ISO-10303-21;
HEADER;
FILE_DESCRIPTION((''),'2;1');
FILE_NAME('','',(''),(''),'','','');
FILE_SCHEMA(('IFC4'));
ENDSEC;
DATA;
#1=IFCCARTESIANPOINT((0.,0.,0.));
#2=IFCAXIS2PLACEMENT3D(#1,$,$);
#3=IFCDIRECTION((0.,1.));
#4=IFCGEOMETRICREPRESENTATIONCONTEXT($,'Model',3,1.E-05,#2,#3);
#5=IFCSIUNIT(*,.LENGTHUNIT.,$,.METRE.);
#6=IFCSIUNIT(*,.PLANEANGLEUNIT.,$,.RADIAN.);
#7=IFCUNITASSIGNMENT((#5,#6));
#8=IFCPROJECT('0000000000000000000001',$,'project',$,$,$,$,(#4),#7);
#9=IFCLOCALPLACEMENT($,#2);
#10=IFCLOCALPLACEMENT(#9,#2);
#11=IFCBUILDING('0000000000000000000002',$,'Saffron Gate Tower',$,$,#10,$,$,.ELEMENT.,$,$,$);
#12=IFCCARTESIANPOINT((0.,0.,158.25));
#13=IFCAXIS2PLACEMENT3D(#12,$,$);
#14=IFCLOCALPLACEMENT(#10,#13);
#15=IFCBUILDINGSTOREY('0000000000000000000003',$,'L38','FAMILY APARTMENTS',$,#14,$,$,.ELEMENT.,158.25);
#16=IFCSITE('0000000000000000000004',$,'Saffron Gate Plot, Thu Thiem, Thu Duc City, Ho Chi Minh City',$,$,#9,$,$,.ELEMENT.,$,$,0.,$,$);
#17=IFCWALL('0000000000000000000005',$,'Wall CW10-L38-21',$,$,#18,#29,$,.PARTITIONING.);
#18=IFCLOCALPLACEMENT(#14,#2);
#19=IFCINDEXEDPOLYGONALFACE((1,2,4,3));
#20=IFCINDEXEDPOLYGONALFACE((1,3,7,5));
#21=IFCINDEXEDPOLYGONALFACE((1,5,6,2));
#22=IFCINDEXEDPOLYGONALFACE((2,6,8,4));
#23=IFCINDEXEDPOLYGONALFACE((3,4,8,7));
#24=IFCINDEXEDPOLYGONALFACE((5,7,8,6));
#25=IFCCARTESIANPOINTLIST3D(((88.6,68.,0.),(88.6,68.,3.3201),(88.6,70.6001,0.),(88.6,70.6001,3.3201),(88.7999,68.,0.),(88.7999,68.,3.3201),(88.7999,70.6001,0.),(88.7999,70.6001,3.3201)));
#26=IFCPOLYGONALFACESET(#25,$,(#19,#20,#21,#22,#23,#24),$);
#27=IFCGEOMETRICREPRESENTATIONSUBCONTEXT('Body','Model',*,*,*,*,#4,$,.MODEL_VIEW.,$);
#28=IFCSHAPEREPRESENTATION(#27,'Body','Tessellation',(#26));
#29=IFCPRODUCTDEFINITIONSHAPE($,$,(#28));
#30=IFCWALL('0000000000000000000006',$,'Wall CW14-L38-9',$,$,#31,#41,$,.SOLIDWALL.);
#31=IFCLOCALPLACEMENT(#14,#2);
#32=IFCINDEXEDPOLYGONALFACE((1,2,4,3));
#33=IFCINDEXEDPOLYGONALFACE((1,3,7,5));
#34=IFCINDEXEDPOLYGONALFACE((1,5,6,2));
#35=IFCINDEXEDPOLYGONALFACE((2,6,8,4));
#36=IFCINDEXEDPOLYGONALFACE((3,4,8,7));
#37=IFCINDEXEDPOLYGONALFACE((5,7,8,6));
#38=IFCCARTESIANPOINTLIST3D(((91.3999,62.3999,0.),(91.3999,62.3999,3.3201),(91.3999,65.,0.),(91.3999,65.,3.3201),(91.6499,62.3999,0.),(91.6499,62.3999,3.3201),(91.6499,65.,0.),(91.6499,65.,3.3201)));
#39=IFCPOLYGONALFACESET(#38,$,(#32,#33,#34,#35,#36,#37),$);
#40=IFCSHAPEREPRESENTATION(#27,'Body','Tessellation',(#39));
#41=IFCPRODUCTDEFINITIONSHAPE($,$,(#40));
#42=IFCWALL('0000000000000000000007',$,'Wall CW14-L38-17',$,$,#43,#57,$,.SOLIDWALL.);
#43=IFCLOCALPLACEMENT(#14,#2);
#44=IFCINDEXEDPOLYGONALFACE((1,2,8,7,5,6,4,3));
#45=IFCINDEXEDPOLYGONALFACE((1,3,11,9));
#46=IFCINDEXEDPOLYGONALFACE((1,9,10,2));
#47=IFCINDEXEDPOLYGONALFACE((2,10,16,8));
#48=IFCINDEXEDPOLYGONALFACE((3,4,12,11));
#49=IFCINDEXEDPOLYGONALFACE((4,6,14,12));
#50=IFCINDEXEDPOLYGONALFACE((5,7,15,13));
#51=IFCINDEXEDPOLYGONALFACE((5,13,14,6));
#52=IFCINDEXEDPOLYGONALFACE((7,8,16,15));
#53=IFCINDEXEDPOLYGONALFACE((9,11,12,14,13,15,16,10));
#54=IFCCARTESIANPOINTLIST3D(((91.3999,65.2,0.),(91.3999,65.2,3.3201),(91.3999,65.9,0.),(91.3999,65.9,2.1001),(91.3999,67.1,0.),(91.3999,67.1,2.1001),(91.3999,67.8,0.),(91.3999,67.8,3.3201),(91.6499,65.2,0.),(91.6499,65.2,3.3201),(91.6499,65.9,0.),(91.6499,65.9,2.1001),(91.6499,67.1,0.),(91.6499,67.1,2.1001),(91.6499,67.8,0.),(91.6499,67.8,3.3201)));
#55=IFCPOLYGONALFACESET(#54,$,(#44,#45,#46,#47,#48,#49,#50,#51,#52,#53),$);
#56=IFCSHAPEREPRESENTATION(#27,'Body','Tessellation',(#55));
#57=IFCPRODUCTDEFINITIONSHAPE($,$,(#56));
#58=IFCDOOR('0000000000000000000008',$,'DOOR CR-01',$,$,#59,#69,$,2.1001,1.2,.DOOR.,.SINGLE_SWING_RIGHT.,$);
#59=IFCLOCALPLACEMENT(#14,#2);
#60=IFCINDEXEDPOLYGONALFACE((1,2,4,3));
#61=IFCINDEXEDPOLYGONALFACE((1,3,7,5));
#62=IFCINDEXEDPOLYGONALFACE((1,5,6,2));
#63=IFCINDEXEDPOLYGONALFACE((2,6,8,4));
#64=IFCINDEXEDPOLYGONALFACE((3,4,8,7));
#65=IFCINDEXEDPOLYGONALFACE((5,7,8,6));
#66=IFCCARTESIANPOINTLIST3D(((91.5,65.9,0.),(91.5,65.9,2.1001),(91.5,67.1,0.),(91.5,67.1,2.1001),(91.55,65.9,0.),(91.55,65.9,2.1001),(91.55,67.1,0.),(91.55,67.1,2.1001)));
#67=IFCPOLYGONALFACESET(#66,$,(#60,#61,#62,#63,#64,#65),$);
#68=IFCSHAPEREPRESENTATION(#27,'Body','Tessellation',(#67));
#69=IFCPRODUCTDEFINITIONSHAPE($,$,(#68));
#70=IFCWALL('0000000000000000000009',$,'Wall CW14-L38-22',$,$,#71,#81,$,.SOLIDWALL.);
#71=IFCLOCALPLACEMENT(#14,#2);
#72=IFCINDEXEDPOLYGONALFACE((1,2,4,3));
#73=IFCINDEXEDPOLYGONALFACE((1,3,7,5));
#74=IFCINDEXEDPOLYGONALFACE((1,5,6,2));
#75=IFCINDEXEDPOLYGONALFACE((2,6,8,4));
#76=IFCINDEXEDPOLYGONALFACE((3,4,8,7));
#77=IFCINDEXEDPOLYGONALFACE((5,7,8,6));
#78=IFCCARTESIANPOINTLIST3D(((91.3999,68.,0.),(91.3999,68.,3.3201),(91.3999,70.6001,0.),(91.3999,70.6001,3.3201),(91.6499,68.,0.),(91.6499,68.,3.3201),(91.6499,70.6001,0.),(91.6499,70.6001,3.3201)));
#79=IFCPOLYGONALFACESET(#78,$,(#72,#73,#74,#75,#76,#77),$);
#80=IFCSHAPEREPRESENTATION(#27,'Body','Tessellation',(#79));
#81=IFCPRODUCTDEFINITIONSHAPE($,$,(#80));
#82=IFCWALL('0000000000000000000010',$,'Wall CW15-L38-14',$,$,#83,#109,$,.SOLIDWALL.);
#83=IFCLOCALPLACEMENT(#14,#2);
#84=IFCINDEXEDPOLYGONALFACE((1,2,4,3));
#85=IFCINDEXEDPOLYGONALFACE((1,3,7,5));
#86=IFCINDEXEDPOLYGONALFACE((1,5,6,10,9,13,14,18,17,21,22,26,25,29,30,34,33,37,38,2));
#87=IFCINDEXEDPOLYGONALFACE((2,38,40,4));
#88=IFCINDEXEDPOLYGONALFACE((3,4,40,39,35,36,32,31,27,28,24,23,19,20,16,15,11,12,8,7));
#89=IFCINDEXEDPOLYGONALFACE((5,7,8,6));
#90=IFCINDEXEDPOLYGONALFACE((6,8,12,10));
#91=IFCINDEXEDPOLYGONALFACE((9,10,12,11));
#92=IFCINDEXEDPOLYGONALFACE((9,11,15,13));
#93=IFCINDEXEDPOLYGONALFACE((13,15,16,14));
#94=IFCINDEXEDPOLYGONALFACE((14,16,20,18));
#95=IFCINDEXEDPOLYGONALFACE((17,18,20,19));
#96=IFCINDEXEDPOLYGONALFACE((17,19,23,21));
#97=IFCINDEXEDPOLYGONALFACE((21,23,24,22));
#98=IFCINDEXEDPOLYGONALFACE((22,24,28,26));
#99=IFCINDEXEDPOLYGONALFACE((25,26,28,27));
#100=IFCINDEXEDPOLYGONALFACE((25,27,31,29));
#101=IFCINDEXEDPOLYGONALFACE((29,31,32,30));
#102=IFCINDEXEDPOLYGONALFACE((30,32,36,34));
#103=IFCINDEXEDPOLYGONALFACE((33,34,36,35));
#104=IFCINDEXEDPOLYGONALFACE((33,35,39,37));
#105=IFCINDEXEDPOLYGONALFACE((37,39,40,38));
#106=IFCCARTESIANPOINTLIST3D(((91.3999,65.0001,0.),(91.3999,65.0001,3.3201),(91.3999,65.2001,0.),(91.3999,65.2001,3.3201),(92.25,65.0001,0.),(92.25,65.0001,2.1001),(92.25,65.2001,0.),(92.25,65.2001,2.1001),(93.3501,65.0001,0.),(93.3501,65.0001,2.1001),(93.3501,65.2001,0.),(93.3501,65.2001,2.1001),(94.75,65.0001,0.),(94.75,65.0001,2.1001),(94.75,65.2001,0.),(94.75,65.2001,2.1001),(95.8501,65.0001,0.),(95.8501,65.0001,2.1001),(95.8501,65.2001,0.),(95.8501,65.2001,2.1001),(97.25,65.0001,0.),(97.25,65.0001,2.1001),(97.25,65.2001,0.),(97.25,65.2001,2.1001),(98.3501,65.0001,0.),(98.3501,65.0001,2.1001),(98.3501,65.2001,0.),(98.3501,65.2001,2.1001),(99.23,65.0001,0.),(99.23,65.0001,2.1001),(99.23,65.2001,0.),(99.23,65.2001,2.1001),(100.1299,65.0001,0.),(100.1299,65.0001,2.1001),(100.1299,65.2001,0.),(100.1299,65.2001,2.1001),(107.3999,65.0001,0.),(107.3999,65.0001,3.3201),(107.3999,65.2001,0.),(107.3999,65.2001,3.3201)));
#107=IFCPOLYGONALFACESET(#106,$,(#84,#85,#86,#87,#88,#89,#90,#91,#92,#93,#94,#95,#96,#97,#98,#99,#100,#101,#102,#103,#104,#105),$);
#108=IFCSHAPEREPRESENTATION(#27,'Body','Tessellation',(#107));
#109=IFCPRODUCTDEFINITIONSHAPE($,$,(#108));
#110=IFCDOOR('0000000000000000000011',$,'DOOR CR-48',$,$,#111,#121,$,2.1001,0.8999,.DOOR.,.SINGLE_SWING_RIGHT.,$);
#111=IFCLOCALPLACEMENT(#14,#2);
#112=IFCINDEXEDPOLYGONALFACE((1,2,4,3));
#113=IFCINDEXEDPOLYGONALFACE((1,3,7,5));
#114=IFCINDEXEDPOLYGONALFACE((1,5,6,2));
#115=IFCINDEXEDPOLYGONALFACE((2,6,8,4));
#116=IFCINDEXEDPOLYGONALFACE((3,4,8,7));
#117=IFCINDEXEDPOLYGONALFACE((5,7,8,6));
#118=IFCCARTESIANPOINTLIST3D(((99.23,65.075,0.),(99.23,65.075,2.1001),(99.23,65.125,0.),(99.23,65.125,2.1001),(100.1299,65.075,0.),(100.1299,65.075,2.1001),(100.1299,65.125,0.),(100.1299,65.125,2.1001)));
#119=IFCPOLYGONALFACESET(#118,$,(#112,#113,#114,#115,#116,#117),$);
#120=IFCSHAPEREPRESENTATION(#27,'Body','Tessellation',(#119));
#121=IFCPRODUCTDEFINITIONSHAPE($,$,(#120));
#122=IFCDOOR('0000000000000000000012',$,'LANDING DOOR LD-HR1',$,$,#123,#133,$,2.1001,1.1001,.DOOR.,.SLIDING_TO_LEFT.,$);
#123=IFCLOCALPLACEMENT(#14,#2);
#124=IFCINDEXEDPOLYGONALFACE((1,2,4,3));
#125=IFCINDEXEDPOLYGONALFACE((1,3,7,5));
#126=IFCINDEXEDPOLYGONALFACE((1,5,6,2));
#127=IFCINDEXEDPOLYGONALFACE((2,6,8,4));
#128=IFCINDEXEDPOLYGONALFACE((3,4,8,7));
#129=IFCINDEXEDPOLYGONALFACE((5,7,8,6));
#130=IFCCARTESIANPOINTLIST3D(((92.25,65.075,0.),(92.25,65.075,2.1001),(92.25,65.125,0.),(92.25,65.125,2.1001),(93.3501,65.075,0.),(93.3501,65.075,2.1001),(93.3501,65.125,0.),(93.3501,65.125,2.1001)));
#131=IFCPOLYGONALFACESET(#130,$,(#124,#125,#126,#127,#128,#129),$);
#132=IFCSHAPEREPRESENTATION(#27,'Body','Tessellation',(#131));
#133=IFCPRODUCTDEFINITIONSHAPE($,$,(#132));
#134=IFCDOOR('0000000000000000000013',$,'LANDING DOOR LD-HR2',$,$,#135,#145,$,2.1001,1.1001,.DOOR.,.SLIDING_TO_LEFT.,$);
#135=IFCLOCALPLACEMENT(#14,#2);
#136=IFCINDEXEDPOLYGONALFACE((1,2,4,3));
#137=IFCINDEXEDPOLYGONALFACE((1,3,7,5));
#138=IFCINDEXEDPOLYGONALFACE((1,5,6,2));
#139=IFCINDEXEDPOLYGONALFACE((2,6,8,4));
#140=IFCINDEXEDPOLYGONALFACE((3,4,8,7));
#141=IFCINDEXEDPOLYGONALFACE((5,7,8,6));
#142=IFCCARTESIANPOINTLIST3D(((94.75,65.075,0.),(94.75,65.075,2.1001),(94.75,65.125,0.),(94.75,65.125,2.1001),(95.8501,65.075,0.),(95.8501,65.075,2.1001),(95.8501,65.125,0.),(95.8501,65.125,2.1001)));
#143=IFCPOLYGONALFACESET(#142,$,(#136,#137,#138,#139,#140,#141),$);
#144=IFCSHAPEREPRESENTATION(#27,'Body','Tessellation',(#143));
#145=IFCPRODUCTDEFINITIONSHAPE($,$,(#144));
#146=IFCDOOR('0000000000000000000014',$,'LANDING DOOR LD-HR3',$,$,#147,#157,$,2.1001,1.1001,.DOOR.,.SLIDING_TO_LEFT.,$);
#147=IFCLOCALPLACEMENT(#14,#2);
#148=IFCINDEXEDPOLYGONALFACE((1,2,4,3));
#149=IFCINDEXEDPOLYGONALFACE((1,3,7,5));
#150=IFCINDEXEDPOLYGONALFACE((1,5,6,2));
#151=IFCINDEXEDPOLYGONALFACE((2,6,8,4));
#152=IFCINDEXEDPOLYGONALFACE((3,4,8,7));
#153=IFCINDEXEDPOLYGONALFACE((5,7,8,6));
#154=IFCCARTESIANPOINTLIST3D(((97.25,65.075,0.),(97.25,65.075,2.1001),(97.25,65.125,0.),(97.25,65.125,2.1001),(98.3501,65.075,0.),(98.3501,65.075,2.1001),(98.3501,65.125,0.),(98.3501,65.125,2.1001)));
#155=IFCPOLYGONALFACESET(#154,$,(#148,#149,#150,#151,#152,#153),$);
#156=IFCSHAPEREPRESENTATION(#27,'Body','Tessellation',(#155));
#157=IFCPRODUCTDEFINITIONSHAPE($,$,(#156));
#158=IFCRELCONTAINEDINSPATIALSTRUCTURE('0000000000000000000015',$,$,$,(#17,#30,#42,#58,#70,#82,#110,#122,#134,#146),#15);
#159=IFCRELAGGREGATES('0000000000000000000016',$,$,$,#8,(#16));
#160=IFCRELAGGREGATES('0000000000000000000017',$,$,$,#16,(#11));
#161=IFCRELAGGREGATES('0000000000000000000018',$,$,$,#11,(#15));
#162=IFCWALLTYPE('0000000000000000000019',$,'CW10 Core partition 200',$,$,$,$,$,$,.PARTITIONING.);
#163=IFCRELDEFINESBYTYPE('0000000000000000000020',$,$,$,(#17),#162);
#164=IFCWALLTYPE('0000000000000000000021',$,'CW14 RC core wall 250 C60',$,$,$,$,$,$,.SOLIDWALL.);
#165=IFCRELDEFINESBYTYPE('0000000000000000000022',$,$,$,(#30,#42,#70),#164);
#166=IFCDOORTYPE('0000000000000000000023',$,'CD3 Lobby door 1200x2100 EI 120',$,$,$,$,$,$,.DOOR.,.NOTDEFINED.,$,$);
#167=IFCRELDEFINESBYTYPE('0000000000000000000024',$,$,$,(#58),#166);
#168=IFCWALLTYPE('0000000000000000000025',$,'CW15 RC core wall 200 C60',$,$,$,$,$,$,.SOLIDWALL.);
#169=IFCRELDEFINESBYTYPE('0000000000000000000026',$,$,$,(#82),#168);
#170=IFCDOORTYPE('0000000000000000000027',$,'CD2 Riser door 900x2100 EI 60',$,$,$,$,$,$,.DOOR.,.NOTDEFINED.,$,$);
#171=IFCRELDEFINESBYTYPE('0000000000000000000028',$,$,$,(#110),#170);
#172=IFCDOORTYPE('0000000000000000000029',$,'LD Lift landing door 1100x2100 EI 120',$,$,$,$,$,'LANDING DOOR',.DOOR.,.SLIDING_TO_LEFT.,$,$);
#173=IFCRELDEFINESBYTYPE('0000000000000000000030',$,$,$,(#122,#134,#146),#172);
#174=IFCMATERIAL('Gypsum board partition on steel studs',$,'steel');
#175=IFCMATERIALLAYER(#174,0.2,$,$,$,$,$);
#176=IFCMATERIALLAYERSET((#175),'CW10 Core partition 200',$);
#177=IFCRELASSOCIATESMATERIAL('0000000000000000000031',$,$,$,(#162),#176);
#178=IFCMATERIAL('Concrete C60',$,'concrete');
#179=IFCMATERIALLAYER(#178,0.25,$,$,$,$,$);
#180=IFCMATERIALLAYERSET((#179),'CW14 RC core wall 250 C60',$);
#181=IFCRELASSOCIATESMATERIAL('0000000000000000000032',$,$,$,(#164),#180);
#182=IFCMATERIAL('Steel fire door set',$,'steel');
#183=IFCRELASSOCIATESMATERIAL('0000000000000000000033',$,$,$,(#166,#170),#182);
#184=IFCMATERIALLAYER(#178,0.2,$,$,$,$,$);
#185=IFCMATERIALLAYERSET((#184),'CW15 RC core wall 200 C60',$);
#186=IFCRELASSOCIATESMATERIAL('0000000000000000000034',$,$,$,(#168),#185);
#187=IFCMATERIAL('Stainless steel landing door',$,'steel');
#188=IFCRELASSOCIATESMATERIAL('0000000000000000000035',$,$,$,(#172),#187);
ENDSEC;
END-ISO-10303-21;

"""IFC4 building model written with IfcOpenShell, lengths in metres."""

from ifc_helpers import new_model, si_unit, direction, frame, frame_2d, origin, place, context, subcontext, project, spatial, rectangle, extrude, material, layer, layer_set, type_object, element, fill, save


model = new_model("IFC4")

# Units and contexts
model_context = context("Model", 3, precision=1e-05, world=origin(), true_north=direction((0.0, 1.0)))
body_context = subcontext(model_context, "Body", "Model", "MODEL_VIEW")
ifc_project = project(units=[si_unit("LENGTHUNIT", "METRE"), si_unit("PLANEANGLEUNIT", "RADIAN")], contexts=[model_context])

# Site, building, storey
site_placement = place(None, origin())
site = spatial("IfcSite", under=ifc_project, at=site_placement, Name="Saffron Gate Plot, Thu Thiem, Thu Duc City, Ho Chi Minh City", CompositionType="ELEMENT", RefElevation=0.0)
building_placement = place(site_placement, origin())
building = spatial("IfcBuilding", under=site, at=building_placement, Name="Saffron Gate Tower", CompositionType="ELEMENT")
storey_placement = place(building_placement, frame((0.0, 0.0, 158.25)))
storey = spatial("IfcBuildingStorey", under=building, at=storey_placement, Name="L38", Description="FAMILY APARTMENTS", CompositionType="ELEMENT", Elevation=158.25)

# Walls
ifc_material_1 = material(Name="Gypsum board partition on steel studs", Category="steel")
ifc_layer_1 = layer(ifc_material_1, 0.2)
ifc_layer_set_1 = layer_set([ifc_layer_1], Name="CW10 Core partition 200")
wall_type_1 = type_object("IfcWallType", Name="CW10 Core partition 200", PredefinedType="PARTITIONING", material=ifc_layer_set_1)
wall_1_placement = place(storey_placement, frame((88.7, 68.0, 0.0), z_axis=(0.0, 0.0, 1.0), x_axis=(0.0, 1.0, 0.0)))
element("IfcWall", 1, at=wall_1_placement, inside=storey, type_object=wall_type_1, Name="Wall CW10-L38-21", PredefinedType="PARTITIONING", context=body_context, shape_type="SweptSolid", body=[
    extrude(rectangle(XDim=2.6001, YDim=0.2, at=frame_2d((1.3, 0.0))), origin(), (0.0, 0.0, 1.0), 3.3201),
])
ifc_material_2 = material(Name="Concrete C60", Category="concrete")
ifc_layer_2 = layer(ifc_material_2, 0.25)
ifc_layer_set_2 = layer_set([ifc_layer_2], Name="CW14 RC core wall 250 C60")
wall_type_2 = type_object("IfcWallType", Name="CW14 RC core wall 250 C60", PredefinedType="SOLIDWALL", material=ifc_layer_set_2)
wall_2_placement = place(storey_placement, frame((91.5249, 62.3999, 0.0), z_axis=(0.0, 0.0, 1.0), x_axis=(0.0, 1.0, 0.0)))
element("IfcWall", 2, at=wall_2_placement, inside=storey, type_object=wall_type_2, Name="Wall CW14-L38-9", PredefinedType="SOLIDWALL", context=body_context, shape_type="SweptSolid", body=[
    extrude(rectangle(XDim=2.6001, YDim=0.25, at=frame_2d((1.3, 0.0))), origin(), (0.0, 0.0, 1.0), 3.3201),
])

# Wall, opening, door
wall_3_placement = place(storey_placement, frame((91.5249, 65.2, 0.0), z_axis=(0.0, 0.0, 1.0), x_axis=(0.0, 1.0, 0.0)))
wall_3 = element("IfcWall", 3, at=wall_3_placement, inside=storey, type_object=wall_type_2, Name="Wall CW14-L38-17", PredefinedType="SOLIDWALL", context=body_context, shape_type="SweptSolid", body=[
    extrude(rectangle(XDim=2.6001, YDim=0.25, at=frame_2d((1.3, 0.0))), origin(), (0.0, 0.0, 1.0), 3.3201),
])
opening_1_placement = place(wall_3_placement, frame((0.7, 0.0, 0.0)))
opening_1 = element("IfcOpeningElement", 4, at=opening_1_placement, cuts=wall_3, PredefinedType="OPENING", context=body_context, shape_type="SweptSolid", body=[
    extrude(rectangle(XDim=1.2, YDim=2.1001, at=frame_2d((0.6001, 1.05))), frame((0.0, 0.135, 0.0), z_axis=(0.0, -1.0, 0.0), x_axis=(1.0, 0.0, 0.0)), (0.0, 0.0, 1.0), 0.27),
])
ifc_material_3 = material(Name="Steel fire door set", Category="steel")
door_type_1 = type_object("IfcDoorType", Name="CD3 Lobby door 1200x2100 EI 120", OperationType="NOTDEFINED", PredefinedType="DOOR", material=ifc_material_3)
door_1_placement = place(opening_1_placement, origin())
door_1 = element("IfcDoor", 5, at=door_1_placement, inside=storey, type_object=door_type_1, Name="DOOR CR-01", OperationType="SINGLE_SWING_RIGHT", OverallHeight=2.1001, OverallWidth=1.2, PredefinedType="DOOR", context=body_context, shape_type="SweptSolid", body=[
    extrude(rectangle(XDim=1.2, YDim=2.1001, at=frame_2d((0.6001, 1.05))), frame((0.0, 0.0249, 0.0), z_axis=(0.0, -1.0, 0.0), x_axis=(1.0, 0.0, 0.0)), (0.0, 0.0, 1.0), 0.05),
])
fill(opening_1, door_1)

# Wall
wall_4_placement = place(storey_placement, frame((91.5249, 68.0, 0.0), z_axis=(0.0, 0.0, 1.0), x_axis=(0.0, 1.0, 0.0)))
element("IfcWall", 6, at=wall_4_placement, inside=storey, type_object=wall_type_2, Name="Wall CW14-L38-22", PredefinedType="SOLIDWALL", context=body_context, shape_type="SweptSolid", body=[
    extrude(rectangle(XDim=2.6001, YDim=0.25, at=frame_2d((1.3, 0.0))), origin(), (0.0, 0.0, 1.0), 3.3201),
])

# Wall, openings, doors
ifc_layer_3 = layer(ifc_material_2, 0.2)
ifc_layer_set_3 = layer_set([ifc_layer_3], Name="CW15 RC core wall 200 C60")
wall_type_3 = type_object("IfcWallType", Name="CW15 RC core wall 200 C60", PredefinedType="SOLIDWALL", material=ifc_layer_set_3)
wall_5_placement = place(storey_placement, frame((91.3999, 65.1001, 0.0), z_axis=(0.0, 0.0, 1.0), x_axis=(1.0, 0.0, 0.0)))
wall_5 = element("IfcWall", 7, at=wall_5_placement, inside=storey, type_object=wall_type_3, Name="Wall CW15-L38-14", PredefinedType="SOLIDWALL", context=body_context, shape_type="SweptSolid", body=[
    extrude(rectangle(XDim=16.0, YDim=0.2, at=frame_2d((8.0, 0.0))), origin(), (0.0, 0.0, 1.0), 3.3201),
])
opening_2_placement = place(wall_5_placement, frame((0.8501, 0.0, 0.0)))
opening_2 = element("IfcOpeningElement", 8, at=opening_2_placement, cuts=wall_5, PredefinedType="OPENING", context=body_context, shape_type="SweptSolid", body=[
    extrude(rectangle(XDim=1.1001, YDim=2.1001, at=frame_2d((0.55, 1.05))), frame((0.0, 0.1099, 0.0), z_axis=(0.0, -1.0, 0.0), x_axis=(1.0, 0.0, 0.0)), (0.0, 0.0, 1.0), 0.22),
])
opening_3_placement = place(wall_5_placement, frame((3.3501, 0.0, 0.0)))
opening_3 = element("IfcOpeningElement", 9, at=opening_3_placement, cuts=wall_5, PredefinedType="OPENING", context=body_context, shape_type="SweptSolid", body=[
    extrude(rectangle(XDim=1.1001, YDim=2.1001, at=frame_2d((0.55, 1.05))), frame((0.0, 0.1099, 0.0), z_axis=(0.0, -1.0, 0.0), x_axis=(1.0, 0.0, 0.0)), (0.0, 0.0, 1.0), 0.22),
])
opening_4_placement = place(wall_5_placement, frame((5.8501, 0.0, 0.0)))
opening_4 = element("IfcOpeningElement", 10, at=opening_4_placement, cuts=wall_5, PredefinedType="OPENING", context=body_context, shape_type="SweptSolid", body=[
    extrude(rectangle(XDim=1.1001, YDim=2.1001, at=frame_2d((0.55, 1.05))), frame((0.0, 0.1099, 0.0), z_axis=(0.0, -1.0, 0.0), x_axis=(1.0, 0.0, 0.0)), (0.0, 0.0, 1.0), 0.22),
])
opening_5_placement = place(wall_5_placement, frame((7.8301, 0.0, 0.0)))
opening_5 = element("IfcOpeningElement", 11, at=opening_5_placement, cuts=wall_5, PredefinedType="OPENING", context=body_context, shape_type="SweptSolid", body=[
    extrude(rectangle(XDim=0.8999, YDim=2.1001, at=frame_2d((0.45, 1.05))), frame((0.0, 0.1099, 0.0), z_axis=(0.0, -1.0, 0.0), x_axis=(1.0, 0.0, 0.0)), (0.0, 0.0, 1.0), 0.22),
])
door_type_2 = type_object("IfcDoorType", Name="CD2 Riser door 900x2100 EI 60", OperationType="NOTDEFINED", PredefinedType="DOOR", material=ifc_material_3)
door_2_placement = place(opening_5_placement, origin())
door_2 = element("IfcDoor", 12, at=door_2_placement, inside=storey, type_object=door_type_2, Name="DOOR CR-48", OperationType="SINGLE_SWING_RIGHT", OverallHeight=2.1001, OverallWidth=0.8999, PredefinedType="DOOR", context=body_context, shape_type="SweptSolid", body=[
    extrude(rectangle(XDim=0.8999, YDim=2.1001, at=frame_2d((0.45, 1.05))), frame((0.0, 0.0249, 0.0), z_axis=(0.0, -1.0, 0.0), x_axis=(1.0, 0.0, 0.0)), (0.0, 0.0, 1.0), 0.05),
])
fill(opening_5, door_2)
ifc_material_4 = material(Name="Stainless steel landing door", Category="steel")
door_type_3 = type_object("IfcDoorType", Name="LD Lift landing door 1100x2100 EI 120", ElementType="LANDING DOOR", OperationType="SLIDING_TO_LEFT", PredefinedType="DOOR", material=ifc_material_4)
door_3_placement = place(opening_2_placement, origin())
door_3 = element("IfcDoor", 13, at=door_3_placement, inside=storey, type_object=door_type_3, Name="LANDING DOOR LD-HR1", OperationType="SLIDING_TO_LEFT", OverallHeight=2.1001, OverallWidth=1.1001, PredefinedType="DOOR", context=body_context, shape_type="SweptSolid", body=[
    extrude(rectangle(XDim=1.1001, YDim=2.1001, at=frame_2d((0.55, 1.05))), frame((0.0, 0.0249, 0.0), z_axis=(0.0, -1.0, 0.0), x_axis=(1.0, 0.0, 0.0)), (0.0, 0.0, 1.0), 0.05),
])
fill(opening_2, door_3)
door_4_placement = place(opening_3_placement, origin())
door_4 = element("IfcDoor", 14, at=door_4_placement, inside=storey, type_object=door_type_3, Name="LANDING DOOR LD-HR2", OperationType="SLIDING_TO_LEFT", OverallHeight=2.1001, OverallWidth=1.1001, PredefinedType="DOOR", context=body_context, shape_type="SweptSolid", body=[
    extrude(rectangle(XDim=1.1001, YDim=2.1001, at=frame_2d((0.55, 1.05))), frame((0.0, 0.0249, 0.0), z_axis=(0.0, -1.0, 0.0), x_axis=(1.0, 0.0, 0.0)), (0.0, 0.0, 1.0), 0.05),
])
fill(opening_3, door_4)
door_5_placement = place(opening_4_placement, origin())
door_5 = element("IfcDoor", 15, at=door_5_placement, inside=storey, type_object=door_type_3, Name="LANDING DOOR LD-HR3", OperationType="SLIDING_TO_LEFT", OverallHeight=2.1001, OverallWidth=1.1001, PredefinedType="DOOR", context=body_context, shape_type="SweptSolid", body=[
    extrude(rectangle(XDim=1.1001, YDim=2.1001, at=frame_2d((0.55, 1.05))), frame((0.0, 0.0249, 0.0), z_axis=(0.0, -1.0, 0.0), x_axis=(1.0, 0.0, 0.0)), (0.0, 0.0, 1.0), 0.05),
])
fill(opening_4, door_5)

save(model, "model.ifc")
